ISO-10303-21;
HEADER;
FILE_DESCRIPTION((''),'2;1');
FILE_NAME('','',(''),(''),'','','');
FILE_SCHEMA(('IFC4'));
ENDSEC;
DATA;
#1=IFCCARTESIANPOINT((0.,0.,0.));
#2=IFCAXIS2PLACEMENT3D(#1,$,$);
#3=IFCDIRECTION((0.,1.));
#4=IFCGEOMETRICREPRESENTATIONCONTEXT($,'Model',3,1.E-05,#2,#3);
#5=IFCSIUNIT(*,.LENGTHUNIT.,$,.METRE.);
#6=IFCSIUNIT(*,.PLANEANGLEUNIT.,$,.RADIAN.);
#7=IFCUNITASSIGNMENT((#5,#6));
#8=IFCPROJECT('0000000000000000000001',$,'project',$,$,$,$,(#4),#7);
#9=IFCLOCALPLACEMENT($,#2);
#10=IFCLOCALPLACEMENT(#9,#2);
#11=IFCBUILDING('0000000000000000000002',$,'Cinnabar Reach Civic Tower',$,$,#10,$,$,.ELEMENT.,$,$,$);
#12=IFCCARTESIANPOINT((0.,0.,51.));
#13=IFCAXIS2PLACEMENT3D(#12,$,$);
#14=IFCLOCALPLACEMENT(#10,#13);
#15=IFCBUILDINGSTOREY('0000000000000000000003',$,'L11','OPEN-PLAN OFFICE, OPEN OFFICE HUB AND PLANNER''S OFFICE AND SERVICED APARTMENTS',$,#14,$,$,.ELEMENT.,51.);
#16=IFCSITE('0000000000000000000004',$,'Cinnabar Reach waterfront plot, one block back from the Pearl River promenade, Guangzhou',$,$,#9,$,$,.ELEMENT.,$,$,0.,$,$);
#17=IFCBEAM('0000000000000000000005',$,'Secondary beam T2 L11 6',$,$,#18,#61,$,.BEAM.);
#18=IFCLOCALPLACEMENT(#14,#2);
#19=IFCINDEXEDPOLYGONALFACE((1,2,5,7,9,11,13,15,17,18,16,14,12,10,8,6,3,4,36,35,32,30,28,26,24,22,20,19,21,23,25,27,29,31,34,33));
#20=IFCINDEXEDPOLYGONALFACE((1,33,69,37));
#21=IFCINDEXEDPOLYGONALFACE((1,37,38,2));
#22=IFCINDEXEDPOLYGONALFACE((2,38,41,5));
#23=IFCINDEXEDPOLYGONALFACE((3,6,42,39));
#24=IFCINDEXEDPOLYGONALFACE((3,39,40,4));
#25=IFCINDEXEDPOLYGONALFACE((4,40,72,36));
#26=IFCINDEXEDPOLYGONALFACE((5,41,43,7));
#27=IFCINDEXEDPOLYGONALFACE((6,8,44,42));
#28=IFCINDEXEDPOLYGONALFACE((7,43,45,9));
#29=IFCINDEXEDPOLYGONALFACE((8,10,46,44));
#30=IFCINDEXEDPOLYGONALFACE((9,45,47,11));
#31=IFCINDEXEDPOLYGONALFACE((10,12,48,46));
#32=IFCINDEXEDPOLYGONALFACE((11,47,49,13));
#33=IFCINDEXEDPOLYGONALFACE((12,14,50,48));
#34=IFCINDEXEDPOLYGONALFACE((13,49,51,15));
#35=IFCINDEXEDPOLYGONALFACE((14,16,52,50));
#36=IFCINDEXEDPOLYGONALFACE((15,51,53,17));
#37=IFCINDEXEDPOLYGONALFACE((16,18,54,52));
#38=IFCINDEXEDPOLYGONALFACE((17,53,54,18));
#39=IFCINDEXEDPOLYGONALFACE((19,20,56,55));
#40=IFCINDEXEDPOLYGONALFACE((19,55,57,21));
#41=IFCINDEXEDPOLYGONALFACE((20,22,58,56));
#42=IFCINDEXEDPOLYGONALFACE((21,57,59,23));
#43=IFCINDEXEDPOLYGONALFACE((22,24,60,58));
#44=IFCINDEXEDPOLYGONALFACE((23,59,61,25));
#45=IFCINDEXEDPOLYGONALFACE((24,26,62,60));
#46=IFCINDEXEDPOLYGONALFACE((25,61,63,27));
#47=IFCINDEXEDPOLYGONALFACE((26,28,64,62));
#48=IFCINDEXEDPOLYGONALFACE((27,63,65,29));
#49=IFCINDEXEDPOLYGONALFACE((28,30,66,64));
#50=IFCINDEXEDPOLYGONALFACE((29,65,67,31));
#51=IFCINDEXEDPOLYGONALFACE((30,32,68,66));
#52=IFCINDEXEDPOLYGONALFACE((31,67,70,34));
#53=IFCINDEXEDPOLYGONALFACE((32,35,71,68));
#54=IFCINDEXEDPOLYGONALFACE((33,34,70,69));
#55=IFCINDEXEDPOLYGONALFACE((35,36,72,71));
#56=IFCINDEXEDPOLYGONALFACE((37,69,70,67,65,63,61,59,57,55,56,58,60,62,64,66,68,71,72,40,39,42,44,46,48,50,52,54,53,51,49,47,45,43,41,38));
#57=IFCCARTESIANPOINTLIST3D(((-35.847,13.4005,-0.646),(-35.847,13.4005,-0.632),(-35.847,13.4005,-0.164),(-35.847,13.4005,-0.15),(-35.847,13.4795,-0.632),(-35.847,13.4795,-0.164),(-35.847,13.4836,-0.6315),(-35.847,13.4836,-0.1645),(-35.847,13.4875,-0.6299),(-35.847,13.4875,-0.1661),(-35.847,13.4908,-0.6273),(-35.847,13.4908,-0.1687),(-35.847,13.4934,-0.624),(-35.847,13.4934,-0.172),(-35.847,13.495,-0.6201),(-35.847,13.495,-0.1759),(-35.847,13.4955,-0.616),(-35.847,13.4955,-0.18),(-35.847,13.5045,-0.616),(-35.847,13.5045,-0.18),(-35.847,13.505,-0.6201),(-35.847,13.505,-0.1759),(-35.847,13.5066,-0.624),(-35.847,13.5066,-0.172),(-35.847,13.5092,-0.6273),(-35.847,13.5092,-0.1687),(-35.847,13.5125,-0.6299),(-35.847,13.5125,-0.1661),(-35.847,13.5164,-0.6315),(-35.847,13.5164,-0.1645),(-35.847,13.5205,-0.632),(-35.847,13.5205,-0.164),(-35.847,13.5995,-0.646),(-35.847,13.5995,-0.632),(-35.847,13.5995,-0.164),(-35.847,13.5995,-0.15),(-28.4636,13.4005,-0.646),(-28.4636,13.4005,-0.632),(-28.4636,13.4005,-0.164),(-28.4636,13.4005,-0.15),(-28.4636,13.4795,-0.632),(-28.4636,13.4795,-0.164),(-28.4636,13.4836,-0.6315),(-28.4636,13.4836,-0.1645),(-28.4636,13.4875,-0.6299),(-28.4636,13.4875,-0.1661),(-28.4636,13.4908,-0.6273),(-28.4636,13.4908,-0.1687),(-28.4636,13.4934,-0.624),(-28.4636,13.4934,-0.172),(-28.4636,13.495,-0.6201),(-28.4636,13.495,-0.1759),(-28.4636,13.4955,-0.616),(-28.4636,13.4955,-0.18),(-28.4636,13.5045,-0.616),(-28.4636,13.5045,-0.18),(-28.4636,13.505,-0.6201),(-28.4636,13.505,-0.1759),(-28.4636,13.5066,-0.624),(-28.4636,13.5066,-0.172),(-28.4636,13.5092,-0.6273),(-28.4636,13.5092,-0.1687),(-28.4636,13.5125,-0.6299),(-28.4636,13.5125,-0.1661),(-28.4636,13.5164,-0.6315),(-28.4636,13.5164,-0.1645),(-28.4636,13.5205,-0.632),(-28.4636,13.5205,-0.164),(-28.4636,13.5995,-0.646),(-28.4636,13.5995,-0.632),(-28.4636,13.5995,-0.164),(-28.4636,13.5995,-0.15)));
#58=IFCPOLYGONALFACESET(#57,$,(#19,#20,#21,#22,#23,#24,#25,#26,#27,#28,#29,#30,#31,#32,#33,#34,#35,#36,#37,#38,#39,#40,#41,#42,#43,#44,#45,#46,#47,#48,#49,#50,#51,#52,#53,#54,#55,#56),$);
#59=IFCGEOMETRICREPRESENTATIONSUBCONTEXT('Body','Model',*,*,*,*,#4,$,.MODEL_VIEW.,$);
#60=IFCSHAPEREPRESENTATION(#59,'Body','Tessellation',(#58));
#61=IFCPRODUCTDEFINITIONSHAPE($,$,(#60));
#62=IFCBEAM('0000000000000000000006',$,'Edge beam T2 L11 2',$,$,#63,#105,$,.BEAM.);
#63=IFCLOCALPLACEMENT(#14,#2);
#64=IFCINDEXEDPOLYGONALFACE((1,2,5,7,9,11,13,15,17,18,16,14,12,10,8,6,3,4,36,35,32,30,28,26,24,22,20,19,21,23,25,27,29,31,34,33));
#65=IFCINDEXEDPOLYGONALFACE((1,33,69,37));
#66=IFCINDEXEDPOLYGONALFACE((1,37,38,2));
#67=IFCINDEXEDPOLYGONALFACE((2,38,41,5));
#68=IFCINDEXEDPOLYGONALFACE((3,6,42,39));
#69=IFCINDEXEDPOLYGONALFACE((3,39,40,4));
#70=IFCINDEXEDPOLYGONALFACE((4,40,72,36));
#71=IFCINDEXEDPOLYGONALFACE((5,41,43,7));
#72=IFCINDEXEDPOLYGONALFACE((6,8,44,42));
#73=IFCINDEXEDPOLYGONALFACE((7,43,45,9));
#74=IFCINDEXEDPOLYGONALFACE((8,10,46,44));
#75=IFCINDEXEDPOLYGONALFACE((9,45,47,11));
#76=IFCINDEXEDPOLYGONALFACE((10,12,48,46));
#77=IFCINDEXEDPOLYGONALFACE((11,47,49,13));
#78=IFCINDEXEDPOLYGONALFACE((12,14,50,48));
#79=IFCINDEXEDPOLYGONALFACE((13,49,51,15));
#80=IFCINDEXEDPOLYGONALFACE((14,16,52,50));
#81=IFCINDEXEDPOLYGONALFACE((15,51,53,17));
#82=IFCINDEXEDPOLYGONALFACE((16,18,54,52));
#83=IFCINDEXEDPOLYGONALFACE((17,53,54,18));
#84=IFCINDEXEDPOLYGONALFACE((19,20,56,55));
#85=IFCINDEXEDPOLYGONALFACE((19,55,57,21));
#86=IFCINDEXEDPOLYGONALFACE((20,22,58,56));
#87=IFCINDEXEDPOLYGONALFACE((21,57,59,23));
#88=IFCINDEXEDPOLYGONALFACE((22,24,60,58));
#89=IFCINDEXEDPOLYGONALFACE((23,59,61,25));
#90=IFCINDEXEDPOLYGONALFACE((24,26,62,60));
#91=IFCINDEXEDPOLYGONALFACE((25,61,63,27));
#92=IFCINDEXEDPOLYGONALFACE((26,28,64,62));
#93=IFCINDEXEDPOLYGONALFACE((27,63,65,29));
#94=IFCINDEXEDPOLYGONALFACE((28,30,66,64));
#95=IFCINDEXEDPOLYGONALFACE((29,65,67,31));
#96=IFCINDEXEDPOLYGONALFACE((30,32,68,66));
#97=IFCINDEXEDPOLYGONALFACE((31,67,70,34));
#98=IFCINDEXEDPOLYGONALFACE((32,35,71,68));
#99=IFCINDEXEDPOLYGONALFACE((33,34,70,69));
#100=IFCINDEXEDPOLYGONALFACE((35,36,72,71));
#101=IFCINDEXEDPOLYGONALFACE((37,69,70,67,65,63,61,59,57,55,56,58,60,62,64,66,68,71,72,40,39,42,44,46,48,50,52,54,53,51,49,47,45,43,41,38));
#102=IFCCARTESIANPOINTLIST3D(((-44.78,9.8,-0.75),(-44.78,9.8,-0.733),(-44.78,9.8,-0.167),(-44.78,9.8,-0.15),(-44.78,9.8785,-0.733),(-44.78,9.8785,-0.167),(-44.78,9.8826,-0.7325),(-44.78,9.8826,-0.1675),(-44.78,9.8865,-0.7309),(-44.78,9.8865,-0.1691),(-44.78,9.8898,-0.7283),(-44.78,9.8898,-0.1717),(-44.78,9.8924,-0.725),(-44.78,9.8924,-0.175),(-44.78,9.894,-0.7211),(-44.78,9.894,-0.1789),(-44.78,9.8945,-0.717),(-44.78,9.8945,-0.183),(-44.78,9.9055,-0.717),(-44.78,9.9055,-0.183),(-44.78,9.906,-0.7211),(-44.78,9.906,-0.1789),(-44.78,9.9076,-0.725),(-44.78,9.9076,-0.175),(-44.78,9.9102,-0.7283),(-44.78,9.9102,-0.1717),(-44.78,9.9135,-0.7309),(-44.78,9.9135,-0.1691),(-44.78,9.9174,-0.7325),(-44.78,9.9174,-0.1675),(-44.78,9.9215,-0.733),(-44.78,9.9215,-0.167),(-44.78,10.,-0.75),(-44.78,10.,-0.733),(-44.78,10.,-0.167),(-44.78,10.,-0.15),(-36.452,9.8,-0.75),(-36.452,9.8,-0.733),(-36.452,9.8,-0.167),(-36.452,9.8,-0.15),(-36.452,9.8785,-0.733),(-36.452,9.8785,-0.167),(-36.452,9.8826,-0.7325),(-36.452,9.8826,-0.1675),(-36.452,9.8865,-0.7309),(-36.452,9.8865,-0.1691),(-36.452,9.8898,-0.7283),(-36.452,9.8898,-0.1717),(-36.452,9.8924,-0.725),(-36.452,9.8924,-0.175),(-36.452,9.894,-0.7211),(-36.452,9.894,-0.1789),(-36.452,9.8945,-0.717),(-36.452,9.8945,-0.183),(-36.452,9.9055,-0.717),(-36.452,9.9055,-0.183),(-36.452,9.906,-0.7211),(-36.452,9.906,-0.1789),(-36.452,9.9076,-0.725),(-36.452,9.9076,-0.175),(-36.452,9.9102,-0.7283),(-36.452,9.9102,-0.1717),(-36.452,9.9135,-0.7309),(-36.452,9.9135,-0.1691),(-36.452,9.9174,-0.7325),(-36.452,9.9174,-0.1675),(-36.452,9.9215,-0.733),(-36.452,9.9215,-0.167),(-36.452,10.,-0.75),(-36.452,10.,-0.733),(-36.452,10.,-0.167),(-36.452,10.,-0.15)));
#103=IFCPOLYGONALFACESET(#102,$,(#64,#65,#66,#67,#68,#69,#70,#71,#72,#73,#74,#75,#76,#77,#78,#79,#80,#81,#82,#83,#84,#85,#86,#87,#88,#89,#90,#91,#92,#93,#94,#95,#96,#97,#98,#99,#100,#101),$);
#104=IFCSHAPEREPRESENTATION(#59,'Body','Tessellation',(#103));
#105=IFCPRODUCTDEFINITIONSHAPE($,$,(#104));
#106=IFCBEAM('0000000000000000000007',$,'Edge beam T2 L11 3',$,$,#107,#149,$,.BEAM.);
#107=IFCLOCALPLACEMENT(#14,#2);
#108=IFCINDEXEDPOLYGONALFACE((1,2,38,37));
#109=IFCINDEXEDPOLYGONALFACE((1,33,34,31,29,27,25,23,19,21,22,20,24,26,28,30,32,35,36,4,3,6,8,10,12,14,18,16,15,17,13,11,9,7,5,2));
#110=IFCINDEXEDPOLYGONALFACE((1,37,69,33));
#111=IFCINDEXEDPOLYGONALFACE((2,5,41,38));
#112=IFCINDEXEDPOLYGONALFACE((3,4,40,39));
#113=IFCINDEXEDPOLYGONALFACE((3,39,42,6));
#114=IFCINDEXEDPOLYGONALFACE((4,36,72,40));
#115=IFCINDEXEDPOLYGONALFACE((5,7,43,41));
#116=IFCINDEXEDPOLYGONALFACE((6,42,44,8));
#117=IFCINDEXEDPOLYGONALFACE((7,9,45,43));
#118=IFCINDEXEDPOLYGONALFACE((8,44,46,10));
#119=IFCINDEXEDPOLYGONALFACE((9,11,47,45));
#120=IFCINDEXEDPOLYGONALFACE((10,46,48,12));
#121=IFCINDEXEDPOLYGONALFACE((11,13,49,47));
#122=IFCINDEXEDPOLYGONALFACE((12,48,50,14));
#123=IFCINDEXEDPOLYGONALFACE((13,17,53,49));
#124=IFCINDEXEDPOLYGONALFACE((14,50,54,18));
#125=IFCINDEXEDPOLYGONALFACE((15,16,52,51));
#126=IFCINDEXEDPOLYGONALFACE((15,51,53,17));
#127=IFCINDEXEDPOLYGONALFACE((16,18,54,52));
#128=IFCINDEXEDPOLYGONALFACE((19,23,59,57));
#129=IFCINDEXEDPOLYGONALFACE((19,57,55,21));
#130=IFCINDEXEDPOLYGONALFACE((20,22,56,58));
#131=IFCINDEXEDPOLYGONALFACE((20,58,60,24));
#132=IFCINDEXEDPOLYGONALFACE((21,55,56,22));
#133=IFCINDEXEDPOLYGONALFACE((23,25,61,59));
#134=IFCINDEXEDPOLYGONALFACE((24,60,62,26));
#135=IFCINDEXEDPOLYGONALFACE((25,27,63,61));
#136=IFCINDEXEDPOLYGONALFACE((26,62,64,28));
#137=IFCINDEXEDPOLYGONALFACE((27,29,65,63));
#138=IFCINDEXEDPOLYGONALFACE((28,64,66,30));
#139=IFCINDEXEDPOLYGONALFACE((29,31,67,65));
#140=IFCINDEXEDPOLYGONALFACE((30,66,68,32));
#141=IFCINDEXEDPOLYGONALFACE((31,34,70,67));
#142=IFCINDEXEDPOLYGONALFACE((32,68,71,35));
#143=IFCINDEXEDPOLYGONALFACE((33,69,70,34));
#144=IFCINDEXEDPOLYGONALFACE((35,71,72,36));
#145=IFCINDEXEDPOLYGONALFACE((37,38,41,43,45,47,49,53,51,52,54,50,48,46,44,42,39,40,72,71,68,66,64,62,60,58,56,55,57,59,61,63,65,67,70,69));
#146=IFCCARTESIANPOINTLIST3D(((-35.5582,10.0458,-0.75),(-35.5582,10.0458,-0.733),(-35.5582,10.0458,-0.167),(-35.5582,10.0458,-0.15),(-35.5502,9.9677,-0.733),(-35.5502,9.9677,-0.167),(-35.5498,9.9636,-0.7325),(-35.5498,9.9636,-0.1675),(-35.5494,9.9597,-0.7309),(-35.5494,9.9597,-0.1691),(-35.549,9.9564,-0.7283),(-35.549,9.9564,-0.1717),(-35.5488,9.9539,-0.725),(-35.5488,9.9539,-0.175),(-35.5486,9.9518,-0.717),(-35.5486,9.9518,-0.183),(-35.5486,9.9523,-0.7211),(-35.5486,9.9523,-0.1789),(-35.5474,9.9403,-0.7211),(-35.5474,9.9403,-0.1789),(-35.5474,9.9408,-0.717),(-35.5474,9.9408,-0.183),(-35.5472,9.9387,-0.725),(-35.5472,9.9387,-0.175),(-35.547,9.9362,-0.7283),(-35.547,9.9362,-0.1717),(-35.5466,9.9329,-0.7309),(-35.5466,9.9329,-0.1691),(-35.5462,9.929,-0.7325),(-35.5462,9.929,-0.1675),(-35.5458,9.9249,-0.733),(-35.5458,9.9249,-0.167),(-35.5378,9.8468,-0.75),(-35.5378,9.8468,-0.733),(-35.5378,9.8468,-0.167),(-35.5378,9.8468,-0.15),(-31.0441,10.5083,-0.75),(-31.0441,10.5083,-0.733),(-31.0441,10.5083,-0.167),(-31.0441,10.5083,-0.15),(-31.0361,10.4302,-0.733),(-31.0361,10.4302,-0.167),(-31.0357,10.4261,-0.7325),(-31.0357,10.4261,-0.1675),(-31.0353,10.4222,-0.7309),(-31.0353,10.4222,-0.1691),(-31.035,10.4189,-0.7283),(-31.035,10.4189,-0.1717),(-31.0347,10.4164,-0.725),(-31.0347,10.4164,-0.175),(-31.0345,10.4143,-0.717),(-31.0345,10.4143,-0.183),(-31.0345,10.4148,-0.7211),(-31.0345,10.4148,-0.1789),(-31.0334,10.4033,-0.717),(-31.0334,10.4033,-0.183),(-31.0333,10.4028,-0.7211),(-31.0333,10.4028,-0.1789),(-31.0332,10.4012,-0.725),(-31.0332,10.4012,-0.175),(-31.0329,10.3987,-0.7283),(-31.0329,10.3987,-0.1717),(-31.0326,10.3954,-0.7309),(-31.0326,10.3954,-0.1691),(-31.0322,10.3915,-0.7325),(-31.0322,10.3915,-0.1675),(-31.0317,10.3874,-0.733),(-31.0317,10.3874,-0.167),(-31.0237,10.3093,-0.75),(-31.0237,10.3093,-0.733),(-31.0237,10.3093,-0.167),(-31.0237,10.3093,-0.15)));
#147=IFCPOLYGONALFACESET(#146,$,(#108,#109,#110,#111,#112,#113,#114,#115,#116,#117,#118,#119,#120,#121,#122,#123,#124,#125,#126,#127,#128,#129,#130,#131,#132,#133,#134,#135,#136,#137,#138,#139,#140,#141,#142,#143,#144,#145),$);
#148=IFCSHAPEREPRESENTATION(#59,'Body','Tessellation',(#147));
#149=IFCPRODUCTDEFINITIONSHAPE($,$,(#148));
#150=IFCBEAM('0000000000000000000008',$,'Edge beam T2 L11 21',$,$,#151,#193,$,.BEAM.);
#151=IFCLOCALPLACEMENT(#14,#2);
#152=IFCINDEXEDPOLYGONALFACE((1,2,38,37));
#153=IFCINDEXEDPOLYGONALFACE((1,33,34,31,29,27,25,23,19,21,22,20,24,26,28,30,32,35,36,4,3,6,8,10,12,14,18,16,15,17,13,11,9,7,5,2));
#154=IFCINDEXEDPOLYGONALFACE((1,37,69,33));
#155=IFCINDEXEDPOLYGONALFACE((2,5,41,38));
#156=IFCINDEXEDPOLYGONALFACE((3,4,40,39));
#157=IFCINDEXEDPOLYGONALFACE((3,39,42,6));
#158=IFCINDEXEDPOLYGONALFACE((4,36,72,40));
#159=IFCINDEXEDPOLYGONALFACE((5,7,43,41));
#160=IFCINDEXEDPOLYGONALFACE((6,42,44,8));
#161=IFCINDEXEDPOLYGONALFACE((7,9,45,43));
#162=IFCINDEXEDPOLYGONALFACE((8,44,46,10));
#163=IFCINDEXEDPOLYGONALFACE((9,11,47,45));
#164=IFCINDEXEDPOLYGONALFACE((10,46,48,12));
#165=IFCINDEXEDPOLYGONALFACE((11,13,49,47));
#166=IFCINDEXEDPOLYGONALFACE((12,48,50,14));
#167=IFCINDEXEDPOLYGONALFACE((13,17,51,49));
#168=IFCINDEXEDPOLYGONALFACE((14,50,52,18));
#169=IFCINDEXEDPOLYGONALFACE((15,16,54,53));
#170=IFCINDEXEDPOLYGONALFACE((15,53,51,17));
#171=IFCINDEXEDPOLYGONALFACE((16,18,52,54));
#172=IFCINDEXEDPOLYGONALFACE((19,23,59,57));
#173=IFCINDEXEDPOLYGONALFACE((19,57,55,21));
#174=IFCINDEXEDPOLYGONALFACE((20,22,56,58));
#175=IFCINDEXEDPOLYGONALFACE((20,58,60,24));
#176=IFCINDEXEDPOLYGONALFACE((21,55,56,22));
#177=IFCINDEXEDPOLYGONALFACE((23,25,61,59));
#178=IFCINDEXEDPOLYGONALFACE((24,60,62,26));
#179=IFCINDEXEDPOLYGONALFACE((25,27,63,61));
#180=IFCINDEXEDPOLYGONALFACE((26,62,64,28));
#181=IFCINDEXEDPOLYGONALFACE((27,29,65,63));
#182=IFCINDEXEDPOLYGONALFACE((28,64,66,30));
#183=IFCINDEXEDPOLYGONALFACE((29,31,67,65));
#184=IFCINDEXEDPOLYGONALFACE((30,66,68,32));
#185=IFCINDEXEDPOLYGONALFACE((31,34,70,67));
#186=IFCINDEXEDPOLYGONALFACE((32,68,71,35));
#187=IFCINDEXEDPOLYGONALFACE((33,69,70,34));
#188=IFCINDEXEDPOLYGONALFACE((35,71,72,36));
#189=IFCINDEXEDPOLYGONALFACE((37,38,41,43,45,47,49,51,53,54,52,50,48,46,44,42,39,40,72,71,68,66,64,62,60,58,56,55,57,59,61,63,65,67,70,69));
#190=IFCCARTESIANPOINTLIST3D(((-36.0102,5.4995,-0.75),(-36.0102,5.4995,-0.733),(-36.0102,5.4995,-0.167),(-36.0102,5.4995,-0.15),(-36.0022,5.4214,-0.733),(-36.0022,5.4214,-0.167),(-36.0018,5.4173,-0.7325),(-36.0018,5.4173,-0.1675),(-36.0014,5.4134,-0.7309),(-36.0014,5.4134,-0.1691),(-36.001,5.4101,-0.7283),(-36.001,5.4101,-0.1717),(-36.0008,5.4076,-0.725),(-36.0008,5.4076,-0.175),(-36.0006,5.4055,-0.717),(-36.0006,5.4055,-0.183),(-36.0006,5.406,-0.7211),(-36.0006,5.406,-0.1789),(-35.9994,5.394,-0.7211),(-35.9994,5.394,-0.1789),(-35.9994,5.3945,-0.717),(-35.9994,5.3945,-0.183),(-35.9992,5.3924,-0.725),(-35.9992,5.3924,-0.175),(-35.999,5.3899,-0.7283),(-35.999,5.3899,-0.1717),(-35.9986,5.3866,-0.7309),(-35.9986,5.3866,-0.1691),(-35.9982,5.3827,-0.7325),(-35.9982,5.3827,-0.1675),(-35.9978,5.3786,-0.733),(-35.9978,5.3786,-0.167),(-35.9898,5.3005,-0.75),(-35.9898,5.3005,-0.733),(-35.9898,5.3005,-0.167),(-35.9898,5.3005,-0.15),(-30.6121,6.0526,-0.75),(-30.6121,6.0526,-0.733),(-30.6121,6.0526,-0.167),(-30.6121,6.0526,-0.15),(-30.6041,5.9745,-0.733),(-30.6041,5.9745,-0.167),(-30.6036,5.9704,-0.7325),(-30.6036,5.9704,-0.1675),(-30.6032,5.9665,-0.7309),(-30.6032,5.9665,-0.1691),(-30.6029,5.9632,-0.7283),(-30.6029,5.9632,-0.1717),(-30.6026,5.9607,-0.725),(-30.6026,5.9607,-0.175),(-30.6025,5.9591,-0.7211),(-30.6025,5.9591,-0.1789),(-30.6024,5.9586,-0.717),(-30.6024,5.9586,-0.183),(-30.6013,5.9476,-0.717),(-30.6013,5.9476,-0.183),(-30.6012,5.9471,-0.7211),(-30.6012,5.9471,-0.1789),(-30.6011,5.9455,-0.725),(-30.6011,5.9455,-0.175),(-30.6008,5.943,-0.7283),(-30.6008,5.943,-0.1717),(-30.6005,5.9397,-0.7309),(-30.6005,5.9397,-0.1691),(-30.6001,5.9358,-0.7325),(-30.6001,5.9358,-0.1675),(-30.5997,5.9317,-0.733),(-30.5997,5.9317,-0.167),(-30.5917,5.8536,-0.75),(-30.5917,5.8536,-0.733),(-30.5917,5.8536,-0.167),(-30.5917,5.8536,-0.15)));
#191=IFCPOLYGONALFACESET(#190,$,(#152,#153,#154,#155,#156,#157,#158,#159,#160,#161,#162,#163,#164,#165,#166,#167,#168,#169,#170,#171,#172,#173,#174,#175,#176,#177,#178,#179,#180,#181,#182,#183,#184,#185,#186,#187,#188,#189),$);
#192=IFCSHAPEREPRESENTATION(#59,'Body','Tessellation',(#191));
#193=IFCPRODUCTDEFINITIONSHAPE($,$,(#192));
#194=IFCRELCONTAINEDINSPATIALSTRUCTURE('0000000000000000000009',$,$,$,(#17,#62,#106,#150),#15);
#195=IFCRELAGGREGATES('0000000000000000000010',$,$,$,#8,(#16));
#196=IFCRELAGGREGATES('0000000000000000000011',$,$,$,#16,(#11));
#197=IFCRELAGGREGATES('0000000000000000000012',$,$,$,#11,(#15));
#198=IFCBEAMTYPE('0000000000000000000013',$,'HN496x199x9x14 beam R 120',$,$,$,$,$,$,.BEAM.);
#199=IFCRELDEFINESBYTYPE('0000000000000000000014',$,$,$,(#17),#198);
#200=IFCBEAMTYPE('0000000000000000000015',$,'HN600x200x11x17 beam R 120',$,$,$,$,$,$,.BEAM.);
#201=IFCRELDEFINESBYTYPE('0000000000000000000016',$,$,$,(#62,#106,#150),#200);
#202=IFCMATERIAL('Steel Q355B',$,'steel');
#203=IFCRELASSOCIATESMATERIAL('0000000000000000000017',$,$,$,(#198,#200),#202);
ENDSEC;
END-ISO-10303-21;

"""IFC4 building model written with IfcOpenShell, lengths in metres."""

from ifc_helpers import new_model, si_unit, direction, frame, origin, origin_2d, place, context, subcontext, project, spatial, i_section, extrude, material, material_profile, profile_set, type_object, element, save


model = new_model("IFC4")

# Units and contexts
model_context = context("Model", 3, precision=1e-05, world=origin(), true_north=direction((0.0, 1.0)))
body_context = subcontext(model_context, "Body", "Model", "MODEL_VIEW")
ifc_project = project(units=[si_unit("LENGTHUNIT", "METRE"), si_unit("PLANEANGLEUNIT", "RADIAN")], contexts=[model_context])

# Site, building, storey
site_placement = place(None, origin())
site = spatial("IfcSite", under=ifc_project, at=site_placement, Name="Cinnabar Reach waterfront plot, one block back from the Pearl River promenade, Guangzhou", CompositionType="ELEMENT", RefElevation=0.0)
building_placement = place(site_placement, origin())
building = spatial("IfcBuilding", under=site, at=building_placement, Name="Cinnabar Reach Civic Tower", CompositionType="ELEMENT")
storey_placement = place(building_placement, frame((0.0, 0.0, 51.0)))
storey = spatial("IfcBuildingStorey", under=building, at=storey_placement, Name="L11", Description="OPEN-PLAN OFFICE, OPEN OFFICE HUB AND PLANNER'S OFFICE AND SERVICED APARTMENTS", CompositionType="ELEMENT", Elevation=51.0)

# Beams
ifc_material_1 = material(Name="Steel Q355B", Category="steel")
ifc_material_profile_1 = material_profile(ifc_material_1, i_section(OverallWidth=0.199, OverallDepth=0.496, WebThickness=0.009, FlangeThickness=0.014, FilletRadius=0.016, at=origin_2d()), Name="HN496x199x9x14")
ifc_profile_set_1 = profile_set([ifc_material_profile_1], Name="Steel Q355B")
beam_type_1 = type_object("IfcBeamType", Name="HN496x199x9x14 beam R 120", PredefinedType="BEAM", material=ifc_profile_set_1)
beam_1_placement = place(storey_placement, frame((-35.847, 13.5, -0.398), z_axis=(1.0, 0.0, 0.0), x_axis=(0.0, 1.0, 0.0)))
element("IfcBeam", 1, at=beam_1_placement, inside=storey, type_object=beam_type_1, Name="Secondary beam T2 L11 6", PredefinedType="BEAM", context=body_context, shape_type="SweptSolid", body=[
    extrude(i_section(OverallWidth=0.199, OverallDepth=0.496, WebThickness=0.009, FlangeThickness=0.014, FilletRadius=0.016, at=origin_2d()), origin(), (0.0, 0.0, 1.0), 7.3834),
])
ifc_material_profile_2 = material_profile(ifc_material_1, i_section(OverallWidth=0.2, OverallDepth=0.6, WebThickness=0.011, FlangeThickness=0.017, FilletRadius=0.016, at=origin_2d()), Name="HN600x200x11x17")
ifc_profile_set_2 = profile_set([ifc_material_profile_2], Name="Steel Q355B")
beam_type_2 = type_object("IfcBeamType", Name="HN600x200x11x17 beam R 120", PredefinedType="BEAM", material=ifc_profile_set_2)
beam_2_placement = place(storey_placement, frame((-44.78, 9.9, -0.45), z_axis=(1.0, 0.0, 0.0), x_axis=(0.0, 1.0, 0.0)))
element("IfcBeam", 2, at=beam_2_placement, inside=storey, type_object=beam_type_2, Name="Edge beam T2 L11 2", PredefinedType="BEAM", context=body_context, shape_type="SweptSolid", body=[
    extrude(i_section(OverallWidth=0.2, OverallDepth=0.6, WebThickness=0.011, FlangeThickness=0.017, FilletRadius=0.016, at=origin_2d()), origin(), (0.0, 0.0, 1.0), 8.328),
])
beam_3_placement = place(storey_placement, frame((-35.548, 9.9463, -0.45), z_axis=(0.994792, 0.101923, 0.0), x_axis=(-0.101923, 0.994792, 0.0)))
element("IfcBeam", 3, at=beam_3_placement, inside=storey, type_object=beam_type_2, Name="Edge beam T2 L11 3", PredefinedType="BEAM", context=body_context, shape_type="SweptSolid", body=[
    extrude(i_section(OverallWidth=0.2, OverallDepth=0.6, WebThickness=0.011, FlangeThickness=0.017, FilletRadius=0.016, at=origin_2d()), origin(), (0.0, 0.0, 1.0), 4.5377),
])
beam_4_placement = place(storey_placement, frame((-36.0, 5.4, -0.45), z_axis=(0.994792, 0.101928, 0.0), x_axis=(-0.101928, 0.994792, 0.0)))
element("IfcBeam", 4, at=beam_4_placement, inside=storey, type_object=beam_type_2, Name="Edge beam T2 L11 21", PredefinedType="BEAM", context=body_context, shape_type="SweptSolid", body=[
    extrude(i_section(OverallWidth=0.2, OverallDepth=0.6, WebThickness=0.011, FlangeThickness=0.017, FilletRadius=0.016, at=origin_2d()), origin(), (0.0, 0.0, 1.0), 5.4264),
])

save(model, "model.ifc")
